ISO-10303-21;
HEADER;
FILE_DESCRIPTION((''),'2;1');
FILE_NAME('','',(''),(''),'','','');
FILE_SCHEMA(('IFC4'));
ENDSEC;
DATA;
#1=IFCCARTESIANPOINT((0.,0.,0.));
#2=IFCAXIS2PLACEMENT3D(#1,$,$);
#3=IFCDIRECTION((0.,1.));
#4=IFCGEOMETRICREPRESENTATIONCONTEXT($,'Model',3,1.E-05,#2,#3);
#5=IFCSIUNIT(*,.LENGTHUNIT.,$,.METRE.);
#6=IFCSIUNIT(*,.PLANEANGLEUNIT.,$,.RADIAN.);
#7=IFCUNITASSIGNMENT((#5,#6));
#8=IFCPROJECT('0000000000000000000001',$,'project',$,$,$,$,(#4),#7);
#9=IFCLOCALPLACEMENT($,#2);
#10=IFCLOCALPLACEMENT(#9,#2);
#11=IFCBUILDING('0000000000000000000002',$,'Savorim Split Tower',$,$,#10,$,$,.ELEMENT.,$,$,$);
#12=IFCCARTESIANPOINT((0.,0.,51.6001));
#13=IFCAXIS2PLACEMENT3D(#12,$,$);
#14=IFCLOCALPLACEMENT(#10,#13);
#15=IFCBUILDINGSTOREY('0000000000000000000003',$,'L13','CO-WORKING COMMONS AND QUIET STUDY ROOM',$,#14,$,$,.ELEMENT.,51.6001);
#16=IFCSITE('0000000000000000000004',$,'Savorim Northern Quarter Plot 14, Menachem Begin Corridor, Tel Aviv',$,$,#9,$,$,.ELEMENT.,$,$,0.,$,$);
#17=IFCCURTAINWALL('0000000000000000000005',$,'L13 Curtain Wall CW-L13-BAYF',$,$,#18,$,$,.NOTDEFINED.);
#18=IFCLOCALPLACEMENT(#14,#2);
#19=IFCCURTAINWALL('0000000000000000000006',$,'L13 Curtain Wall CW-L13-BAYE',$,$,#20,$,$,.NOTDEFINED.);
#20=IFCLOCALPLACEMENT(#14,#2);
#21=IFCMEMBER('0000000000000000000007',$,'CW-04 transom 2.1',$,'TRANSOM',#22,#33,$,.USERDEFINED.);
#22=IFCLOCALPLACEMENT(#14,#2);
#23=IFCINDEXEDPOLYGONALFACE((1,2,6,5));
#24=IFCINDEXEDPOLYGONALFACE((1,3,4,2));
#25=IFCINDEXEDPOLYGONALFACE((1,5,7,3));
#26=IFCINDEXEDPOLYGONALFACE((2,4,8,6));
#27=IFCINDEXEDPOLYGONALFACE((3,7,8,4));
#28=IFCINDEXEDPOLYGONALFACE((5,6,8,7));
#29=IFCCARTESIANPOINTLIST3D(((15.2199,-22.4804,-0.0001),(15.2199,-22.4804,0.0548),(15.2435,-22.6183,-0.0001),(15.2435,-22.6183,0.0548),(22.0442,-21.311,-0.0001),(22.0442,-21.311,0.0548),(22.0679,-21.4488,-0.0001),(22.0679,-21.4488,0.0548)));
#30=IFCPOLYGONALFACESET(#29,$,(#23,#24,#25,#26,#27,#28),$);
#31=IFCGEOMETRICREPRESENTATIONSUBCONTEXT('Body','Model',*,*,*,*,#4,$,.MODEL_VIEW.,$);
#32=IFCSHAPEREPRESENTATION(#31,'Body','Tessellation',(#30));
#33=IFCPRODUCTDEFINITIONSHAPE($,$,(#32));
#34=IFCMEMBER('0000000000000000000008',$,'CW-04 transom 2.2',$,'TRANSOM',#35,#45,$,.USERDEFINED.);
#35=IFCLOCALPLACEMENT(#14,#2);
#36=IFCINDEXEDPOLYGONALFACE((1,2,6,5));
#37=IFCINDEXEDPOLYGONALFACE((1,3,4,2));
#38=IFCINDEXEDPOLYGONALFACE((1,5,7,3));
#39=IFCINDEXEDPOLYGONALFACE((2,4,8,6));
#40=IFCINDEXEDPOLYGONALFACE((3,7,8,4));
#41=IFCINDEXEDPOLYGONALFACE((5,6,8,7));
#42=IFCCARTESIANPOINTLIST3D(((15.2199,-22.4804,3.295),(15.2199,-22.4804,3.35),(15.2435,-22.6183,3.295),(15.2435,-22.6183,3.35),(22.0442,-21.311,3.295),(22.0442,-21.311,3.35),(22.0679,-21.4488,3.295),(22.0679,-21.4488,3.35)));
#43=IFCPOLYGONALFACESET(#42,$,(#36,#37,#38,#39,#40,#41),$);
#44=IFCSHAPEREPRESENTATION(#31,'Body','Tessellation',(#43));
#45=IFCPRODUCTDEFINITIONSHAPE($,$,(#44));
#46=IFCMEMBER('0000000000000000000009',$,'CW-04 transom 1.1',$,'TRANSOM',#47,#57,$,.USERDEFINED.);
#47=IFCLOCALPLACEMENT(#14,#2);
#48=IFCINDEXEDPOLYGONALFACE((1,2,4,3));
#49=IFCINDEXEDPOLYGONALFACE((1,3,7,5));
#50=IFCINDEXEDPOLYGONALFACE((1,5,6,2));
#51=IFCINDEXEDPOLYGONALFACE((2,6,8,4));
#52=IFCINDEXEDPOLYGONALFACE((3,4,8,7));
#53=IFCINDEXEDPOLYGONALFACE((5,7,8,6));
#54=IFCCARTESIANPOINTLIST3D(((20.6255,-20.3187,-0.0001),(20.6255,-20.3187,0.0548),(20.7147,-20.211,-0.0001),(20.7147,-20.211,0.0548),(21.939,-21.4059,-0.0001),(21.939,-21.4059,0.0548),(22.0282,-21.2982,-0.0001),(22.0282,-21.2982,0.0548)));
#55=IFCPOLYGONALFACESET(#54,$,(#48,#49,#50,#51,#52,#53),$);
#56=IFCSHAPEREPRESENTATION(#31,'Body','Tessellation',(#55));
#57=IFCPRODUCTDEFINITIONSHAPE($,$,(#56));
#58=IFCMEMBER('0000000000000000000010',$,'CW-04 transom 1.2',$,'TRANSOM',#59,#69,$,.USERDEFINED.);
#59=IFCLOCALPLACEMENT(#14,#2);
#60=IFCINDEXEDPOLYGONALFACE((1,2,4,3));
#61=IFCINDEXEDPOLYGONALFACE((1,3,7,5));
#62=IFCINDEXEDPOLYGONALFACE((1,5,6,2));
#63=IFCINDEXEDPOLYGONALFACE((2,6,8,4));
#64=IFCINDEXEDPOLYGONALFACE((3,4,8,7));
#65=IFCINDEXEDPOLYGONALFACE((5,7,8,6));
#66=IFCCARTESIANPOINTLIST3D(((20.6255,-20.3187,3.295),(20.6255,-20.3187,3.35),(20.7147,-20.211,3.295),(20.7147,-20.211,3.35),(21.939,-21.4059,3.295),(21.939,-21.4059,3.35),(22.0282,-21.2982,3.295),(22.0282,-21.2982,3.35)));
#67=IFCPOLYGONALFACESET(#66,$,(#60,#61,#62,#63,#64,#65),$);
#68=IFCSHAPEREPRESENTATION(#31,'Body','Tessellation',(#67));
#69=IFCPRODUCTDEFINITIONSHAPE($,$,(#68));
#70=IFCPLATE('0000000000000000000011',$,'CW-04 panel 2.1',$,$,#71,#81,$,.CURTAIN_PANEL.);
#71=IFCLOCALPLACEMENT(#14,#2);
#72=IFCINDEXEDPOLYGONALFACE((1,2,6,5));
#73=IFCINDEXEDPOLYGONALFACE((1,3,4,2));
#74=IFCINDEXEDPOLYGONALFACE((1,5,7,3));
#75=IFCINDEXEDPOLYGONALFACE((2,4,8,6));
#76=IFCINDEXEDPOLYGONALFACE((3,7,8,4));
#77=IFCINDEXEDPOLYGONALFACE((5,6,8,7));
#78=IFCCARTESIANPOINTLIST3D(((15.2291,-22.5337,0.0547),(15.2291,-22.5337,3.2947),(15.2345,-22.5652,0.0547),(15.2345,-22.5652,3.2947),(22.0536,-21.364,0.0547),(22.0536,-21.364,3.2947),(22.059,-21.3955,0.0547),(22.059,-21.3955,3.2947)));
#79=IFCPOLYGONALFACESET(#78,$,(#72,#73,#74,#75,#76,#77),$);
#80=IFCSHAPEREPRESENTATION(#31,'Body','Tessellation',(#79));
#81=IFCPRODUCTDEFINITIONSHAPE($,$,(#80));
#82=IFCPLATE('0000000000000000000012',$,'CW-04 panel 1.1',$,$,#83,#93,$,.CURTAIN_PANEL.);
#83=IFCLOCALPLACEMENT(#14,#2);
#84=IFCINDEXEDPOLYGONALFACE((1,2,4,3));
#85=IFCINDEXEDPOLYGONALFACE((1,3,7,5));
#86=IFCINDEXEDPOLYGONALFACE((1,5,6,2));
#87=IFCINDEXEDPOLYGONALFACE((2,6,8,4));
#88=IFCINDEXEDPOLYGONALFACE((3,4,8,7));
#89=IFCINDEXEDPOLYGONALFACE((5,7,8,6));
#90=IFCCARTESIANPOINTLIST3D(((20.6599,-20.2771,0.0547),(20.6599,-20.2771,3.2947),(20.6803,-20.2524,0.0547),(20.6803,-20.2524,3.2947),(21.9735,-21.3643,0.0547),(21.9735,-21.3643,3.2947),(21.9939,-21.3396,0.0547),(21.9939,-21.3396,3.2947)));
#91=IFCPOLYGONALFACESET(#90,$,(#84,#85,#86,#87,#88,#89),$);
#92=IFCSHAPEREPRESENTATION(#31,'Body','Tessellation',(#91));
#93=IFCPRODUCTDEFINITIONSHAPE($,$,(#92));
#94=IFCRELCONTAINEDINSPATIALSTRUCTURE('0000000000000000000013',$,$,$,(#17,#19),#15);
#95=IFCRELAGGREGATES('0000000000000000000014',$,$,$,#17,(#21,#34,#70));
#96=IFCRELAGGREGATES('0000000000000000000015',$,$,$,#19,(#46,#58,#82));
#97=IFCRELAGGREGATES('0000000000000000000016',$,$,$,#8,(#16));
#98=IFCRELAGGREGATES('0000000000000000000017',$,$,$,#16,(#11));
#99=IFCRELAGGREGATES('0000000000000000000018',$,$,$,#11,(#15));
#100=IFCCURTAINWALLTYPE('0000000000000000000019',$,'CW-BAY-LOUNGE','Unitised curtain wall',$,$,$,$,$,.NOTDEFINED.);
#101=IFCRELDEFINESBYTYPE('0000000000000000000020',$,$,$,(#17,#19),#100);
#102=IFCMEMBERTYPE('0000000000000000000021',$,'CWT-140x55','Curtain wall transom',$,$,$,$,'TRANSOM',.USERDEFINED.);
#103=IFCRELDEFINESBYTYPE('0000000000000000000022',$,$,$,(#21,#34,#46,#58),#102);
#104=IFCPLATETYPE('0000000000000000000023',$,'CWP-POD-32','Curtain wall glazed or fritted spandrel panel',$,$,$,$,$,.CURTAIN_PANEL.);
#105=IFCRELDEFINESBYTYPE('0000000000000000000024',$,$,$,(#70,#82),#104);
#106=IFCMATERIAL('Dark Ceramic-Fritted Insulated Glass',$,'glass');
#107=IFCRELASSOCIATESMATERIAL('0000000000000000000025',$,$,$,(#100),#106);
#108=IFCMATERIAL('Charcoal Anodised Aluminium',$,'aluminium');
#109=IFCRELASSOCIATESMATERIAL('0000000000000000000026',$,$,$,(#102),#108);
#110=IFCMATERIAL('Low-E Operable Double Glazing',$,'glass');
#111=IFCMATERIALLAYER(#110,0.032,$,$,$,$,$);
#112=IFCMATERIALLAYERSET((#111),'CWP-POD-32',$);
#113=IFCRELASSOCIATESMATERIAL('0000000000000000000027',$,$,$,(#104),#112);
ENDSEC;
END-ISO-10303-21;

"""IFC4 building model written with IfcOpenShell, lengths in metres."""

from ifc_helpers import new_model, si_unit, direction, frame, origin, origin_2d, place, context, subcontext, project, spatial, rectangle, extrude, material, layer, layer_set, material_profile, profile_set, type_object, element, aggregate, save


model = new_model("IFC4")

# Units and contexts
model_context = context("Model", 3, precision=1e-05, world=origin(), true_north=direction((0.0, 1.0)))
body_context = subcontext(model_context, "Body", "Model", "MODEL_VIEW")
ifc_project = project(units=[si_unit("LENGTHUNIT", "METRE"), si_unit("PLANEANGLEUNIT", "RADIAN")], contexts=[model_context])

# Site, building, storey
site_placement = place(None, origin())
site = spatial("IfcSite", under=ifc_project, at=site_placement, Name="Savorim Northern Quarter Plot 14, Menachem Begin Corridor, Tel Aviv", CompositionType="ELEMENT", RefElevation=0.0)
building_placement = place(site_placement, origin())
building = spatial("IfcBuilding", under=site, at=building_placement, Name="Savorim Split Tower", CompositionType="ELEMENT")
storey_placement = place(building_placement, frame((0.0, 0.0, 51.6001)))
storey = spatial("IfcBuildingStorey", under=building, at=storey_placement, Name="L13", Description="CO-WORKING COMMONS AND QUIET STUDY ROOM", CompositionType="ELEMENT", Elevation=51.6001)

# Shared definitions
ifc_material_1 = material(Name="Dark Ceramic-Fritted Insulated Glass", Category="glass")
ifc_material_2 = material(Name="Charcoal Anodised Aluminium", Category="aluminium")

# Curtain walls
curtain_wall_type_1 = type_object("IfcCurtainWallType", Name="CW-BAY-LOUNGE", Description="Unitised curtain wall", PredefinedType="NOTDEFINED", material=ifc_material_1)
curtain_wall_1_placement = place(storey_placement, origin())
curtain_wall_1 = element("IfcCurtainWall", 1, at=curtain_wall_1_placement, inside=storey, type_object=curtain_wall_type_1, Name="L13 Curtain Wall CW-L13-BAYF", PredefinedType="NOTDEFINED")
curtain_wall_2_placement = place(storey_placement, origin())
curtain_wall_2 = element("IfcCurtainWall", 2, at=curtain_wall_2_placement, inside=storey, type_object=curtain_wall_type_1, Name="L13 Curtain Wall CW-L13-BAYE", PredefinedType="NOTDEFINED")

# Members
ifc_material_profile_1 = material_profile(ifc_material_2, rectangle(XDim=0.1399, YDim=0.0549, at=origin_2d()), Name="ALU-T 140x55")
ifc_profile_set_1 = profile_set([ifc_material_profile_1], Name="Charcoal Anodised Aluminium")
member_type_1 = type_object("IfcMemberType", Name="CWT-140x55", Description="Curtain wall transom", ElementType="TRANSOM", PredefinedType="USERDEFINED", material=ifc_profile_set_1)
member_1_placement = place(storey_placement, frame((15.2317, -22.5493, 0.0273), z_axis=(0.985634, 0.168897, 0.0), x_axis=(-0.168897, 0.985634, 0.0)))
member_1 = element("IfcMember", 3, at=member_1_placement, type_object=member_type_1, Name="CW-04 transom 2.1", ObjectType="TRANSOM", PredefinedType="USERDEFINED", context=body_context, shape_type="SweptSolid", body=[
    extrude(rectangle(XDim=0.1399, YDim=0.0549, at=origin_2d()), origin(), (0.0, 0.0, 1.0), 6.9238),
])
member_2_placement = place(storey_placement, frame((15.2317, -22.5493, 3.3225), z_axis=(0.985634, 0.168897, 0.0), x_axis=(-0.168897, 0.985634, 0.0)))
member_2 = element("IfcMember", 4, at=member_2_placement, type_object=member_type_1, Name="CW-04 transom 2.2", ObjectType="TRANSOM", PredefinedType="USERDEFINED", context=body_context, shape_type="SweptSolid", body=[
    extrude(rectangle(XDim=0.1399, YDim=0.0549, at=origin_2d()), origin(), (0.0, 0.0, 1.0), 6.9238),
])
member_3_placement = place(storey_placement, frame((21.9836, -21.3521, 0.0273), z_axis=(-0.770353, 0.637618, 0.0), x_axis=(-0.637618, -0.770353, 0.0)))
member_3 = element("IfcMember", 5, at=member_3_placement, type_object=member_type_1, Name="CW-04 transom 1.1", ObjectType="TRANSOM", PredefinedType="USERDEFINED", context=body_context, shape_type="SweptSolid", body=[
    extrude(rectangle(XDim=0.1399, YDim=0.0549, at=origin_2d()), origin(), (0.0, 0.0, 1.0), 1.7051),
])
member_4_placement = place(storey_placement, frame((21.9836, -21.3521, 3.3225), z_axis=(-0.770353, 0.637618, 0.0), x_axis=(-0.637618, -0.770353, 0.0)))
member_4 = element("IfcMember", 6, at=member_4_placement, type_object=member_type_1, Name="CW-04 transom 1.2", ObjectType="TRANSOM", PredefinedType="USERDEFINED", context=body_context, shape_type="SweptSolid", body=[
    extrude(rectangle(XDim=0.1399, YDim=0.0549, at=origin_2d()), origin(), (0.0, 0.0, 1.0), 1.7051),
])

# Plates
ifc_material_3 = material(Name="Low-E Operable Double Glazing", Category="glass")
ifc_layer = layer(ifc_material_3, 0.032)
ifc_layer_set = layer_set([ifc_layer], Name="CWP-POD-32")
plate_type = type_object("IfcPlateType", Name="CWP-POD-32", Description="Curtain wall glazed or fritted spandrel panel", PredefinedType="CURTAIN_PANEL", material=ifc_layer_set)
plate_1_placement = place(storey_placement, frame((18.644, -21.9646, 0.0547), z_axis=(0.0, 0.0, 1.0), x_axis=(0.985629, 0.168923, 0.0)))
plate_1 = element("IfcPlate", 7, at=plate_1_placement, type_object=plate_type, Name="CW-04 panel 2.1", PredefinedType="CURTAIN_PANEL", context=body_context, shape_type="SweptSolid", body=[
    extrude(rectangle(XDim=6.9241, YDim=0.032, at=origin_2d()), origin(), (0.0, 0.0, 1.0), 3.24),
])
aggregate(curtain_wall_1, [member_1, member_2, plate_1])
plate_2_placement = place(storey_placement, frame((21.3269, -20.8083, 0.0547), z_axis=(0.0, 0.0, 1.0), x_axis=(-0.770361, 0.637608, 0.0)))
plate_2 = element("IfcPlate", 8, at=plate_2_placement, type_object=plate_type, Name="CW-04 panel 1.1", PredefinedType="CURTAIN_PANEL", context=body_context, shape_type="SweptSolid", body=[
    extrude(rectangle(XDim=1.7051, YDim=0.032, at=origin_2d()), origin(), (0.0, 0.0, 1.0), 3.24),
])
aggregate(curtain_wall_2, [member_3, member_4, plate_2])

save(model, "model.ifc")
